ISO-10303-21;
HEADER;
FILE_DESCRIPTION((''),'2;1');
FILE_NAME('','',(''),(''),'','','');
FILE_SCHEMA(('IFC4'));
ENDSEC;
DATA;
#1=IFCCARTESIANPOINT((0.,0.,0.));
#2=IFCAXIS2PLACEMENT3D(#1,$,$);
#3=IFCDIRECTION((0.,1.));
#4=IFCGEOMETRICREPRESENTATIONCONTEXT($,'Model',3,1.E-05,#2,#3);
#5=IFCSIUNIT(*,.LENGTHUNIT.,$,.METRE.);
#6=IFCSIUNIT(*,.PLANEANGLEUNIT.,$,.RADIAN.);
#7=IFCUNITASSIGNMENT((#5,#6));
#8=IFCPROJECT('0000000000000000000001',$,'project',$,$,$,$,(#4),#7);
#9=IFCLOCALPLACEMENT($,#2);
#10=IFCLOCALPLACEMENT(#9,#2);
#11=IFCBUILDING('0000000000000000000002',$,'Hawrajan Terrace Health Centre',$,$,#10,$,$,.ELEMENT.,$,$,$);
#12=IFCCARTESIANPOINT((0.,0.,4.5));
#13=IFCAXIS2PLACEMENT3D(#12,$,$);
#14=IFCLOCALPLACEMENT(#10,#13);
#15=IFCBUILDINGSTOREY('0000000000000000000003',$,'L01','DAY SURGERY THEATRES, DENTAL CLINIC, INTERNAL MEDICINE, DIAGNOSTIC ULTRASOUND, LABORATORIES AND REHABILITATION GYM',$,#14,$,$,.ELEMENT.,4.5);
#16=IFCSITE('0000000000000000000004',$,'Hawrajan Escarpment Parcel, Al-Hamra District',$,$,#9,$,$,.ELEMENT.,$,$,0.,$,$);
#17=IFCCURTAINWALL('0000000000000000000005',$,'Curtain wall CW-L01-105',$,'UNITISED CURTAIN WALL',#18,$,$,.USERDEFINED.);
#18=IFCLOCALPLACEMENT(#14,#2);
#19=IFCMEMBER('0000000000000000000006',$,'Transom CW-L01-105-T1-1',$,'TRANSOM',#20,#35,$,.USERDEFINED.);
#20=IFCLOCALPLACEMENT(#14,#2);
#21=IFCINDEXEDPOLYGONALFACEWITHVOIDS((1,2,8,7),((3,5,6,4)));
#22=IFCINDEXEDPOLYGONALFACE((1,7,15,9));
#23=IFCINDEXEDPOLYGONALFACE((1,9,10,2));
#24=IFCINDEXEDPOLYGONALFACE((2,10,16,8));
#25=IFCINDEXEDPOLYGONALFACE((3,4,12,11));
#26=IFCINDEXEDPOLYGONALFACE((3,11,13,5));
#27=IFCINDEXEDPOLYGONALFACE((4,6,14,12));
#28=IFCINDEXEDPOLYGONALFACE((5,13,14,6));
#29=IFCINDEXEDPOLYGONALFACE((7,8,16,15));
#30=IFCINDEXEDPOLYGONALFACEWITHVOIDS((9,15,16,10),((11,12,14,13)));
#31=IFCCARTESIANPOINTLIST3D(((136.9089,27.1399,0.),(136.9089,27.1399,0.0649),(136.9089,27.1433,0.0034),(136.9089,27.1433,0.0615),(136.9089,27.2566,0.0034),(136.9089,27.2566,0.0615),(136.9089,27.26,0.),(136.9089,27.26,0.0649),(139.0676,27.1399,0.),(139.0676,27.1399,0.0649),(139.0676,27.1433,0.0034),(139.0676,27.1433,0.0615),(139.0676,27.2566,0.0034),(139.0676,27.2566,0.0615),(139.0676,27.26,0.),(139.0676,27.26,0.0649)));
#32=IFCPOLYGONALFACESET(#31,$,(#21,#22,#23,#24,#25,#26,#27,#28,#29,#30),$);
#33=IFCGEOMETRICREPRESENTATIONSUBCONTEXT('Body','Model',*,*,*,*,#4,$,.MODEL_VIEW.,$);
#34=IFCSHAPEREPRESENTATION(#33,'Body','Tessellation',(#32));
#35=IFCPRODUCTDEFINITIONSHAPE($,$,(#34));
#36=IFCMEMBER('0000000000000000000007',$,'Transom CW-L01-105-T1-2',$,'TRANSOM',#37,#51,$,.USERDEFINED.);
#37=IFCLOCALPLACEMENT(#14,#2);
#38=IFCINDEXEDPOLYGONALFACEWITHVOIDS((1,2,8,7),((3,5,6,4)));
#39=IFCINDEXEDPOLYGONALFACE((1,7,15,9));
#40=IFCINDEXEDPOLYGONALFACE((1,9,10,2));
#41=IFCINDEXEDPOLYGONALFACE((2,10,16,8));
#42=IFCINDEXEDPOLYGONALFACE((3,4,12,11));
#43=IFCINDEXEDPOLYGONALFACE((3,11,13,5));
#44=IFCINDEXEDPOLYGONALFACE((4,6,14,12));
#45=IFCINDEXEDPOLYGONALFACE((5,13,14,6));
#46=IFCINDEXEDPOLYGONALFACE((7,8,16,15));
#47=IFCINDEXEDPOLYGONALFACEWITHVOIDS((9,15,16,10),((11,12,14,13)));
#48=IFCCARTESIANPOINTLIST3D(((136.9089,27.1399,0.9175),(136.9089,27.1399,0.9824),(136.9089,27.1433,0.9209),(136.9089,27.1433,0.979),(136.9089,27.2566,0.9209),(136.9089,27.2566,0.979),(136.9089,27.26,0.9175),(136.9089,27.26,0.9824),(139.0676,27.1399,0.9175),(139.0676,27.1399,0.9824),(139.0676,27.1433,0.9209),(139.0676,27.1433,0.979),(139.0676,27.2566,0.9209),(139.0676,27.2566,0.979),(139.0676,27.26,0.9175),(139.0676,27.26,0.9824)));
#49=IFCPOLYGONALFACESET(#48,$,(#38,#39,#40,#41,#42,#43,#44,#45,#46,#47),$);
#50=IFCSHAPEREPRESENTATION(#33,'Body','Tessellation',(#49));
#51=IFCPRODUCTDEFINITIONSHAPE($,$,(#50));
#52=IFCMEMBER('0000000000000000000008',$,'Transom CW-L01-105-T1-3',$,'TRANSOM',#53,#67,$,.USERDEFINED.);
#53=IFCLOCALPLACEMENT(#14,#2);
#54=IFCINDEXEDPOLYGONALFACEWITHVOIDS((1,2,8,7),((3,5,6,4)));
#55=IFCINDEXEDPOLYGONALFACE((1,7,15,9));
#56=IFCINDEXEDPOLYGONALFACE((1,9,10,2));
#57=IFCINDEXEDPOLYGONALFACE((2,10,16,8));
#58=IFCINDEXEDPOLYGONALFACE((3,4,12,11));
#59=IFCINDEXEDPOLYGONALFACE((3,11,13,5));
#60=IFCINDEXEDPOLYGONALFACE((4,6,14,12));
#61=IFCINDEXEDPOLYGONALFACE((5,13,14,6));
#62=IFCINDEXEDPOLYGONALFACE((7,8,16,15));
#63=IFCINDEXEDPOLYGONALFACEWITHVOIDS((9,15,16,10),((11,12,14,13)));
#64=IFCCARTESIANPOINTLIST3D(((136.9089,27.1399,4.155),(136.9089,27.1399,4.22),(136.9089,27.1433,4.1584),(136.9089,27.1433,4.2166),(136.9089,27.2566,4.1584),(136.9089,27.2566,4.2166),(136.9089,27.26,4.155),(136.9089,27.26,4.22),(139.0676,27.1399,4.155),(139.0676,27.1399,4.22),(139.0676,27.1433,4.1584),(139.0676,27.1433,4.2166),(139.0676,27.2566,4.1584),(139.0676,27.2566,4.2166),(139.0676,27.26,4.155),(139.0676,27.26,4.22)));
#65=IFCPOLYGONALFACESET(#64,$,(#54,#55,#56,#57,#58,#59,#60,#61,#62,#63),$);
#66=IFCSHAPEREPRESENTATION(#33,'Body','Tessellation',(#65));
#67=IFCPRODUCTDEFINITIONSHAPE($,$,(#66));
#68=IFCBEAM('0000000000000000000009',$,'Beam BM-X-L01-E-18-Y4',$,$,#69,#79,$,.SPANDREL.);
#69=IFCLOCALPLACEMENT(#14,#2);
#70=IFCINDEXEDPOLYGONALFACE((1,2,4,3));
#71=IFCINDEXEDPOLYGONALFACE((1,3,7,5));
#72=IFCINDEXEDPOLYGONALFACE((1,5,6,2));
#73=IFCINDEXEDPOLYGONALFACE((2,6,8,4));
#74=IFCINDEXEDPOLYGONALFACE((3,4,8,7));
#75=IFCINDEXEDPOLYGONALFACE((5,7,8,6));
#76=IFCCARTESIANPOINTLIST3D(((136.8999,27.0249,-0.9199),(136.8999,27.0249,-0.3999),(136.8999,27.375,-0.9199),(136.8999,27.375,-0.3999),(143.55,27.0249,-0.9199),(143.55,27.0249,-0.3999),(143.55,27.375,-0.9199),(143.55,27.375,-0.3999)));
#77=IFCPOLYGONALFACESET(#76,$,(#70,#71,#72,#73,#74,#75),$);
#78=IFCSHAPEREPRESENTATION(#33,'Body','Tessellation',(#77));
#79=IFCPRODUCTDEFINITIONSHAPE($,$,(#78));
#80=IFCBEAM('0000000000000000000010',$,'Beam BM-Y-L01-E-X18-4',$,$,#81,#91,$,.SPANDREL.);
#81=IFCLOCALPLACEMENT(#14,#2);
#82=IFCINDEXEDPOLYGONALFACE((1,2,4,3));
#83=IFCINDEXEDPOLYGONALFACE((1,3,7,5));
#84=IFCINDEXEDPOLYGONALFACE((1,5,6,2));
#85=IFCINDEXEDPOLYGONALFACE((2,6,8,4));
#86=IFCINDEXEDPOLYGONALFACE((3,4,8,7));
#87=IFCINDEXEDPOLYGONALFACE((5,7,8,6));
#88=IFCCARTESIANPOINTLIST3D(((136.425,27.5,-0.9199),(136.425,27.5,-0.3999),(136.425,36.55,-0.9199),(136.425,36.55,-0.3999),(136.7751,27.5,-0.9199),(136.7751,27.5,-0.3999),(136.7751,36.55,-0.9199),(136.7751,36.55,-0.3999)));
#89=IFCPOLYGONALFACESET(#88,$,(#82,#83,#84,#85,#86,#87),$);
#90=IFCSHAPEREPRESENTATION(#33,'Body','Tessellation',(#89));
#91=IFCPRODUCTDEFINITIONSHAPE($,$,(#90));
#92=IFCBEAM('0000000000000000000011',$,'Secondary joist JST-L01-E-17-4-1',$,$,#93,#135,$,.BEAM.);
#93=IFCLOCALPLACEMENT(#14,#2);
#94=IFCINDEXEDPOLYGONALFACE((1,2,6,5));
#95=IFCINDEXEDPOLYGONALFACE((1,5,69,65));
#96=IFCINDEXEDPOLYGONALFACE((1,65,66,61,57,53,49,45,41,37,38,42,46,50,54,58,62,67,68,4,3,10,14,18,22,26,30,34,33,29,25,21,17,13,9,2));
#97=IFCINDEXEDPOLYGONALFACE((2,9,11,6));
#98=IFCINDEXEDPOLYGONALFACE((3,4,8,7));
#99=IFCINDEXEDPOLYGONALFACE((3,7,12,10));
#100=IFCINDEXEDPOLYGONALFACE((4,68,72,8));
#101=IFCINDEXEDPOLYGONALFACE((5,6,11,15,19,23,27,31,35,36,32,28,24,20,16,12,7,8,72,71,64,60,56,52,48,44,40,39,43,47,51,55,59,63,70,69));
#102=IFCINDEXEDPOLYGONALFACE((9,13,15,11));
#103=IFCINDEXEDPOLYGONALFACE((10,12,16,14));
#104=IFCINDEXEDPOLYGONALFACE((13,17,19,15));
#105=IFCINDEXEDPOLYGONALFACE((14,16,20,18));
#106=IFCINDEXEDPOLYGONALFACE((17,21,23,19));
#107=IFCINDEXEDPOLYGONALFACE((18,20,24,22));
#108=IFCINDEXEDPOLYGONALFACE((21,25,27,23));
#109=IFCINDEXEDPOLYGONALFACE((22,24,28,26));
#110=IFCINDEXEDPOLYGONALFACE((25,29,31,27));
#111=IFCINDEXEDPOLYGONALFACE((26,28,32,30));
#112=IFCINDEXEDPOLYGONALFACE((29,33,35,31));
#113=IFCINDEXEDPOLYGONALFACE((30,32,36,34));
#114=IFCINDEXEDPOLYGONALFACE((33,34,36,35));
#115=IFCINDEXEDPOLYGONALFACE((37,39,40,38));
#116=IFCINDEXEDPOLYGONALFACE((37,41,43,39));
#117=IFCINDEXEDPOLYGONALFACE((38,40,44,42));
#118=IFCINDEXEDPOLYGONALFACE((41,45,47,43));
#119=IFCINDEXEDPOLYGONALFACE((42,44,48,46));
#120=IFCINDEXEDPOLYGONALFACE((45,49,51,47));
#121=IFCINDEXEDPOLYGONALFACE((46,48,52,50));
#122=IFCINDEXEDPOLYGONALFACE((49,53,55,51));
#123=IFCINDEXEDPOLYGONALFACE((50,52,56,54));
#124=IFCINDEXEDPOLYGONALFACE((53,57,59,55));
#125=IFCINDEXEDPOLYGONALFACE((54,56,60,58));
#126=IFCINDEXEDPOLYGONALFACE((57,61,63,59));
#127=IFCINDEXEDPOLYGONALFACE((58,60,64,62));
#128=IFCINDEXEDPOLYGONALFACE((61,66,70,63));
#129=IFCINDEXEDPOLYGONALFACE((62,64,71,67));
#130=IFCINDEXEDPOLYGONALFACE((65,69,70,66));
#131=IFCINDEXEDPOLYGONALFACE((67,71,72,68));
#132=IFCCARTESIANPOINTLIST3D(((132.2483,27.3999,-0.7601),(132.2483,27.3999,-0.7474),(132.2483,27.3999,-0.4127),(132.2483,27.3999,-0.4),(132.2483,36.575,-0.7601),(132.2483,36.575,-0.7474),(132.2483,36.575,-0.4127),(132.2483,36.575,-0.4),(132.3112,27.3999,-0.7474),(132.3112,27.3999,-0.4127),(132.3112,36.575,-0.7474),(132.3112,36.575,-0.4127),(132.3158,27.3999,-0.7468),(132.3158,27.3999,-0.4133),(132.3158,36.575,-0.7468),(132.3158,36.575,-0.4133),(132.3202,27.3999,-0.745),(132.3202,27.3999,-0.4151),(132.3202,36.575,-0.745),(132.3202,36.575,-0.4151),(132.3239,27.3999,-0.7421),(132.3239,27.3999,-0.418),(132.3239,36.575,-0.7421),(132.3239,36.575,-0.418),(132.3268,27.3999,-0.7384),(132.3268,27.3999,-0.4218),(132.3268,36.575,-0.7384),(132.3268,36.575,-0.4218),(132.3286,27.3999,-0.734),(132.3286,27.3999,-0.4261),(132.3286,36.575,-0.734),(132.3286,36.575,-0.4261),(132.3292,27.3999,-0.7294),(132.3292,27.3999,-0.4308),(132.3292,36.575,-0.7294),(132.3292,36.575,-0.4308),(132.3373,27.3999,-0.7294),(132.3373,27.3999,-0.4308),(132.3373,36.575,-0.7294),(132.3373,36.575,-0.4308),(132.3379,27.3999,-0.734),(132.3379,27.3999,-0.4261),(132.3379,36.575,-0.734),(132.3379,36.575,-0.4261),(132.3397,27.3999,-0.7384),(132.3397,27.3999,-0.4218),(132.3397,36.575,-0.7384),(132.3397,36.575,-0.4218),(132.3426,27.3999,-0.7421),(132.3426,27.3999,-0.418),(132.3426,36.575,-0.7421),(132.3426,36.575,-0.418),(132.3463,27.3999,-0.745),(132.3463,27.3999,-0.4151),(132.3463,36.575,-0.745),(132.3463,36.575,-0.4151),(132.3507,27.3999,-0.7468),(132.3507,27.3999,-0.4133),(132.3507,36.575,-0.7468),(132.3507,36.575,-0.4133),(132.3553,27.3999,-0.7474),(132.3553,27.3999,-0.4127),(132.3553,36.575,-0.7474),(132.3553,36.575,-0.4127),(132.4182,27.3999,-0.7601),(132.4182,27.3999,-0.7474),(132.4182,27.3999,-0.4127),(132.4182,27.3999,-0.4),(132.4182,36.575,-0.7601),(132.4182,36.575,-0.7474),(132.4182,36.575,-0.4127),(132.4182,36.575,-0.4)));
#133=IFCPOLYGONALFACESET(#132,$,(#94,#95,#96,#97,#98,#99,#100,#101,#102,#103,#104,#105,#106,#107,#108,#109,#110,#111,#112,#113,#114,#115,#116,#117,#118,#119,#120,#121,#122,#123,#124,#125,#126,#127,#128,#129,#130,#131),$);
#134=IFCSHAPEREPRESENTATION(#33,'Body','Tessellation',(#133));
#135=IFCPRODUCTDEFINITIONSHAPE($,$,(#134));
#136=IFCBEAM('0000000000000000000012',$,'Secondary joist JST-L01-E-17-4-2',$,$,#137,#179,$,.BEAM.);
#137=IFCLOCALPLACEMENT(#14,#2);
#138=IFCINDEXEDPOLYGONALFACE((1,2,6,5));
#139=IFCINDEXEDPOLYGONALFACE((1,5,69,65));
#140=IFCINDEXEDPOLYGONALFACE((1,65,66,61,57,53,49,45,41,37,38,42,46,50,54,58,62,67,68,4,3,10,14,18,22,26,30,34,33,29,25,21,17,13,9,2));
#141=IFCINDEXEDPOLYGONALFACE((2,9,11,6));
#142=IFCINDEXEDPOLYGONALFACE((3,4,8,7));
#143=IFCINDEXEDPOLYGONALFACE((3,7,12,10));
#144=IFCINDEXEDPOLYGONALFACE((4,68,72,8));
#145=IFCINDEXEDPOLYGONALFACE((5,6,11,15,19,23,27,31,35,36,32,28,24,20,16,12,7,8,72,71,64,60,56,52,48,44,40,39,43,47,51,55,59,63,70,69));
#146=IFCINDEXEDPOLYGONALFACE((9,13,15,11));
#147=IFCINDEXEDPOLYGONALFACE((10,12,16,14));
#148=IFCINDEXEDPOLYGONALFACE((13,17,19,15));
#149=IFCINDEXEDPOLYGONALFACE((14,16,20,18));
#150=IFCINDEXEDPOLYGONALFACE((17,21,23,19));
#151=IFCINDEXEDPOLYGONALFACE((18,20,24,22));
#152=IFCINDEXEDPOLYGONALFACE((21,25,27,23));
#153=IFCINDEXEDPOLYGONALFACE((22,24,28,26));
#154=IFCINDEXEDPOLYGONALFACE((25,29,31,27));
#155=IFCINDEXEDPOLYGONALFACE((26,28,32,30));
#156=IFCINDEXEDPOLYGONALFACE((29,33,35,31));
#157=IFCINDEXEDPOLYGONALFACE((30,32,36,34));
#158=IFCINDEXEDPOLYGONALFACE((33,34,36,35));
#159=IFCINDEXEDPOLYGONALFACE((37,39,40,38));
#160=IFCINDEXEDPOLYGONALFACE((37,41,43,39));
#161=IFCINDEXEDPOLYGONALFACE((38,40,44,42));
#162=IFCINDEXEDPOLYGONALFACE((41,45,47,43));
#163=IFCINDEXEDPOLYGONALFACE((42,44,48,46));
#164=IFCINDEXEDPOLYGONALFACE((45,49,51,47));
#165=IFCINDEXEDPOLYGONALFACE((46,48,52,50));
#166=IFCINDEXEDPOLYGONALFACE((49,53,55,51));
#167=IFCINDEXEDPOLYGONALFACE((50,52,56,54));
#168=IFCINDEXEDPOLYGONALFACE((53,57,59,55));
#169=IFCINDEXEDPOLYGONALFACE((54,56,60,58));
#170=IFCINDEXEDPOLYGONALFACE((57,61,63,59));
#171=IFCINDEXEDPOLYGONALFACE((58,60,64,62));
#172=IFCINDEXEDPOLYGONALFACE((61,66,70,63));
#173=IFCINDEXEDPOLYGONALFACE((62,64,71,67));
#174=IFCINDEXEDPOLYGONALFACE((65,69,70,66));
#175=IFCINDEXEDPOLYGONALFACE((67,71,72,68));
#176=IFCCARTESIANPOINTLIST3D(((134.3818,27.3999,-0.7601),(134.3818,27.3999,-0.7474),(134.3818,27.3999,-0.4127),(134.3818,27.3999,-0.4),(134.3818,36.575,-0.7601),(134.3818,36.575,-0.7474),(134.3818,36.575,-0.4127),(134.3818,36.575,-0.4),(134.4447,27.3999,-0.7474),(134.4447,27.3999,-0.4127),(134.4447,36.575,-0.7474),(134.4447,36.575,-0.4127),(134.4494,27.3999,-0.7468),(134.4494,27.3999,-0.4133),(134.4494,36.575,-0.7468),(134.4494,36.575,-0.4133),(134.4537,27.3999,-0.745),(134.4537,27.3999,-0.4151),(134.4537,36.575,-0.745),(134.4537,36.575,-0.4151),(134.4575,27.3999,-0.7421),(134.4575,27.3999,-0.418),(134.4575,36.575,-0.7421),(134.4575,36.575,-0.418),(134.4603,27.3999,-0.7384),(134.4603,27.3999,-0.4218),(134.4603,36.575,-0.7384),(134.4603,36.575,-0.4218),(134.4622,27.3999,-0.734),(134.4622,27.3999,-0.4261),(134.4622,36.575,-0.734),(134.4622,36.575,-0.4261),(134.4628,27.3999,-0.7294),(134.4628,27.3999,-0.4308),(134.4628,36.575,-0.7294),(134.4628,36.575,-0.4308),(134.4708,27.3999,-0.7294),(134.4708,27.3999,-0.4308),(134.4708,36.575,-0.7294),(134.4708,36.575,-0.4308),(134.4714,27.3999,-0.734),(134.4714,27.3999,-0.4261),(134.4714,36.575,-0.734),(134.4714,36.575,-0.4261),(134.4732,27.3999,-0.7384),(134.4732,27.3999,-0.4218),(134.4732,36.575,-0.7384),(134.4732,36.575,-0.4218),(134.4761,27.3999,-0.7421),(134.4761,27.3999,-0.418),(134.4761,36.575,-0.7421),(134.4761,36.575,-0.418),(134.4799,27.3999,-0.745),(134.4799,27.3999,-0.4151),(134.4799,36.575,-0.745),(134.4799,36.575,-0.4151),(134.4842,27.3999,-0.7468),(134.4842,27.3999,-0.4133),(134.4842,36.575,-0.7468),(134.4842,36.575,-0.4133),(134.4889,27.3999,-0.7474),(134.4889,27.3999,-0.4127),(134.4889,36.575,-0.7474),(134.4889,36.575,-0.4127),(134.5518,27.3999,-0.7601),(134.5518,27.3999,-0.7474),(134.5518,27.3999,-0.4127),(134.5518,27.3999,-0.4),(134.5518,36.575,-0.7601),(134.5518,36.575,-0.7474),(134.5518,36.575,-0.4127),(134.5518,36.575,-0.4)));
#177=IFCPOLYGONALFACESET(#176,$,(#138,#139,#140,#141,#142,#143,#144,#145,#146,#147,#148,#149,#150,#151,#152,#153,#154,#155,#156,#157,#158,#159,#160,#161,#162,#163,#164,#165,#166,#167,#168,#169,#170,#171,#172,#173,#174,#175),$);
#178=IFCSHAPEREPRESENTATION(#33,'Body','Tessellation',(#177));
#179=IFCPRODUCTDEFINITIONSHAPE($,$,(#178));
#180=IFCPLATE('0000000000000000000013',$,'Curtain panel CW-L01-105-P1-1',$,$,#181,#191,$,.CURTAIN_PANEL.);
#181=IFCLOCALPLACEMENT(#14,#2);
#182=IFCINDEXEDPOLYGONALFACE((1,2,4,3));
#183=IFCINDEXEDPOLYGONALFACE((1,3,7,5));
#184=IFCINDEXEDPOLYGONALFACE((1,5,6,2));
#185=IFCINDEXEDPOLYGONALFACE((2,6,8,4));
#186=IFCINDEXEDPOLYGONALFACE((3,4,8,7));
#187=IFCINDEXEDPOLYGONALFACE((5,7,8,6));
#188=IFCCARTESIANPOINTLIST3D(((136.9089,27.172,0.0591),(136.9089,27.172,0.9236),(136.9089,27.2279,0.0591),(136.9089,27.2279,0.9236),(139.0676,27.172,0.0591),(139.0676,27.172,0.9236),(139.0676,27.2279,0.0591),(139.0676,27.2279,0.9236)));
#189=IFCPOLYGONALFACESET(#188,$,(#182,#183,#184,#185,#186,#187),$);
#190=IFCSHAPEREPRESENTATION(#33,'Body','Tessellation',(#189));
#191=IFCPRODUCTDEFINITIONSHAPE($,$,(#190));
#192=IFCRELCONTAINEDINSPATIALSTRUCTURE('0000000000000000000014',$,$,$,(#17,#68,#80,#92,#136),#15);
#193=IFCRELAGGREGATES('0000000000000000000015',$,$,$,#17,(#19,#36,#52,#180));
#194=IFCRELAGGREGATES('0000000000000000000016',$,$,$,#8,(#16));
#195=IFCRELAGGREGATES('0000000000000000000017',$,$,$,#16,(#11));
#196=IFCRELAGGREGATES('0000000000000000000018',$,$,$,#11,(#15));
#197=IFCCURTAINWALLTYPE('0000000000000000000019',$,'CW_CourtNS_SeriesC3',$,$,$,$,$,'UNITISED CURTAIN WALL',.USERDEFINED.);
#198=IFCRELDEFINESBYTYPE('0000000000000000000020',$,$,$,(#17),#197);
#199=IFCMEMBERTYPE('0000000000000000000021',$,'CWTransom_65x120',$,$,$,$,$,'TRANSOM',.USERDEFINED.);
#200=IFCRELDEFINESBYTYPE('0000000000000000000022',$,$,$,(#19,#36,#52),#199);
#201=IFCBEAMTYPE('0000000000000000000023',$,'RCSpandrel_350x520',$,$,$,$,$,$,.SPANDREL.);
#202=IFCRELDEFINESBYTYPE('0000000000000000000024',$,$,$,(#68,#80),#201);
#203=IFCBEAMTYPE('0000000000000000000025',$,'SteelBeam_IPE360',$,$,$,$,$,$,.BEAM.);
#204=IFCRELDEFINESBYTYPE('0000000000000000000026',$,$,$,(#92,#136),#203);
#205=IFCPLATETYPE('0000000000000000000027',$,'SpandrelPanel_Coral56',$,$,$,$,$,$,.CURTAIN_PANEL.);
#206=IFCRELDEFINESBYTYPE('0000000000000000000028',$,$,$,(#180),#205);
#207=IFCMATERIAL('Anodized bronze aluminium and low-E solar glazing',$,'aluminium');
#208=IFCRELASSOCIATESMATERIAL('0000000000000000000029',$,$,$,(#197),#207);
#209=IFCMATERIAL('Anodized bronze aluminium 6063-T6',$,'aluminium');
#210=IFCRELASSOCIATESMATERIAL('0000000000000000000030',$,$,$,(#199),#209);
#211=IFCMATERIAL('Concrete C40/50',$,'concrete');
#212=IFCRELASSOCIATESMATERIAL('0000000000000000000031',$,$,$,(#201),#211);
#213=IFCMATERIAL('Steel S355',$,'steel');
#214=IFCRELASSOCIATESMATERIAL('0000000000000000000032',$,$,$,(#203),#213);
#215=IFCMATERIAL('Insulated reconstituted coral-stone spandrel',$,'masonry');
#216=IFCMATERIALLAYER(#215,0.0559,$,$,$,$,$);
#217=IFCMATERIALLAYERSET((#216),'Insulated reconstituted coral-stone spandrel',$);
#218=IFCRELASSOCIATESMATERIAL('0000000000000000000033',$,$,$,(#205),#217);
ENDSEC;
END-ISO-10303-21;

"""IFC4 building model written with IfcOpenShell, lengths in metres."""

from ifc_helpers import new_model, si_unit, direction, frame, origin, origin_2d, place, context, subcontext, project, spatial, rectangle, hollow_rectangle, i_section, extrude, material, layer, layer_set, material_profile, profile_set, type_object, element, aggregate, save


model = new_model("IFC4")

# Units and contexts
model_context = context("Model", 3, precision=1e-05, world=origin(), true_north=direction((0.0, 1.0)))
body_context = subcontext(model_context, "Body", "Model", "MODEL_VIEW")
ifc_project = project(units=[si_unit("LENGTHUNIT", "METRE"), si_unit("PLANEANGLEUNIT", "RADIAN")], contexts=[model_context])

# Site, building, storey
site_placement = place(None, origin())
site = spatial("IfcSite", under=ifc_project, at=site_placement, Name="Hawrajan Escarpment Parcel, Al-Hamra District", CompositionType="ELEMENT", RefElevation=0.0)
building_placement = place(site_placement, origin())
building = spatial("IfcBuilding", under=site, at=building_placement, Name="Hawrajan Terrace Health Centre", CompositionType="ELEMENT")
storey_placement = place(building_placement, frame((0.0, 0.0, 4.5)))
storey = spatial("IfcBuildingStorey", under=building, at=storey_placement, Name="L01", Description="DAY SURGERY THEATRES, DENTAL CLINIC, INTERNAL MEDICINE, DIAGNOSTIC ULTRASOUND, LABORATORIES AND REHABILITATION GYM", CompositionType="ELEMENT", Elevation=4.5)

# Curtain wall, members
ifc_material_1 = material(Name="Anodized bronze aluminium and low-E solar glazing", Category="aluminium")
curtain_wall_type = type_object("IfcCurtainWallType", Name="CW_CourtNS_SeriesC3", ElementType="UNITISED CURTAIN WALL", PredefinedType="USERDEFINED", material=ifc_material_1)
curtain_wall_placement = place(storey_placement, origin())
curtain_wall = element("IfcCurtainWall", 1, at=curtain_wall_placement, inside=storey, type_object=curtain_wall_type, Name="Curtain wall CW-L01-105", ObjectType="UNITISED CURTAIN WALL", PredefinedType="USERDEFINED")
ifc_material_2 = material(Name="Anodized bronze aluminium 6063-T6", Category="aluminium")
ifc_material_profile_1 = material_profile(ifc_material_2, hollow_rectangle(XDim=0.0649, YDim=0.1201, WallThickness=0.0034, at=origin_2d()), Name="CW TRN 65x120")
ifc_profile_set_1 = profile_set([ifc_material_profile_1], Name="Anodized bronze aluminium 6063-T6")
member_type = type_object("IfcMemberType", Name="CWTransom_65x120", ElementType="TRANSOM", PredefinedType="USERDEFINED", material=ifc_profile_set_1)
member_1_placement = place(storey_placement, frame((136.9089, 27.2, 0.0325), z_axis=(1.0, 0.0, 0.0), x_axis=(0.0, 0.0, 1.0)))
member_1 = element("IfcMember", 2, at=member_1_placement, type_object=member_type, Name="Transom CW-L01-105-T1-1", ObjectType="TRANSOM", PredefinedType="USERDEFINED", context=body_context, shape_type="SweptSolid", body=[
    extrude(hollow_rectangle(XDim=0.0649, YDim=0.1201, WallThickness=0.0034, at=origin_2d()), origin(), (0.0, 0.0, 1.0), 2.1587),
])
member_2_placement = place(storey_placement, frame((136.9089, 27.2, 0.95), z_axis=(1.0, 0.0, 0.0), x_axis=(0.0, 0.0, 1.0)))
member_2 = element("IfcMember", 3, at=member_2_placement, type_object=member_type, Name="Transom CW-L01-105-T1-2", ObjectType="TRANSOM", PredefinedType="USERDEFINED", context=body_context, shape_type="SweptSolid", body=[
    extrude(hollow_rectangle(XDim=0.0649, YDim=0.1201, WallThickness=0.0034, at=origin_2d()), origin(), (0.0, 0.0, 1.0), 2.1587),
])
member_3_placement = place(storey_placement, frame((136.9089, 27.2, 4.1875), z_axis=(1.0, 0.0, 0.0), x_axis=(0.0, 0.0, 1.0)))
member_3 = element("IfcMember", 4, at=member_3_placement, type_object=member_type, Name="Transom CW-L01-105-T1-3", ObjectType="TRANSOM", PredefinedType="USERDEFINED", context=body_context, shape_type="SweptSolid", body=[
    extrude(hollow_rectangle(XDim=0.0649, YDim=0.1201, WallThickness=0.0034, at=origin_2d()), origin(), (0.0, 0.0, 1.0), 2.1587),
])

# Beams
ifc_material_3 = material(Name="Concrete C40/50", Category="concrete")
ifc_material_profile_2 = material_profile(ifc_material_3, rectangle(XDim=0.3501, YDim=0.52, at=origin_2d()), Name="RC SP 350x520")
ifc_profile_set_2 = profile_set([ifc_material_profile_2], Name="Concrete C40/50")
beam_type_1 = type_object("IfcBeamType", Name="RCSpandrel_350x520", PredefinedType="SPANDREL", material=ifc_profile_set_2)
beam_1_placement = place(storey_placement, frame((136.8999, 27.2, -0.6599), z_axis=(1.0, 0.0, 0.0), x_axis=(0.0, 1.0, 0.0)))
element("IfcBeam", 5, at=beam_1_placement, inside=storey, type_object=beam_type_1, Name="Beam BM-X-L01-E-18-Y4", PredefinedType="SPANDREL", context=body_context, shape_type="SweptSolid", body=[
    extrude(rectangle(XDim=0.3501, YDim=0.52, at=origin_2d()), origin(), (0.0, 0.0, 1.0), 6.6501),
])
beam_2_placement = place(storey_placement, frame((136.6001, 27.5, -0.6599), z_axis=(0.0, 1.0, 0.0), x_axis=(-1.0, 0.0, 0.0)))
element("IfcBeam", 6, at=beam_2_placement, inside=storey, type_object=beam_type_1, Name="Beam BM-Y-L01-E-X18-4", PredefinedType="SPANDREL", context=body_context, shape_type="SweptSolid", body=[
    extrude(rectangle(XDim=0.3501, YDim=0.52, at=origin_2d()), origin(), (0.0, 0.0, 1.0), 9.05),
])
ifc_material_4 = material(Name="Steel S355", Category="steel")
ifc_material_profile_3 = material_profile(ifc_material_4, i_section(OverallWidth=0.1699, OverallDepth=0.3601, WebThickness=0.0081, FlangeThickness=0.0127, FilletRadius=0.0181, at=origin_2d()), Name="IPE 360")
ifc_profile_set_3 = profile_set([ifc_material_profile_3], Name="Steel S355")
beam_type_2 = type_object("IfcBeamType", Name="SteelBeam_IPE360", PredefinedType="BEAM", material=ifc_profile_set_3)
for number, where, z_axis, x_axis, name in (
    (7, (132.3333, 27.3999, -0.5801), (0.0, 1.0, 0.0), (-1.0, 0.0, 0.0), "Secondary joist JST-L01-E-17-4-1"),
    (8, (134.4668, 27.3999, -0.5801), (0.0, 1.0, 0.0), (-1.0, 0.0, 0.0), "Secondary joist JST-L01-E-17-4-2"),
):
    element("IfcBeam", number, at=place(storey_placement, frame(where, z_axis=z_axis, x_axis=x_axis)), inside=storey, type_object=beam_type_2, Name=name, PredefinedType="BEAM", context=body_context, shape_type="SweptSolid", body=[
        extrude(i_section(OverallWidth=0.1699, OverallDepth=0.3601, WebThickness=0.0081, FlangeThickness=0.0127, FilletRadius=0.0181, at=origin_2d()), origin(), (0.0, 0.0, 1.0), 9.175),
    ])

# Plate
ifc_material_5 = material(Name="Insulated reconstituted coral-stone spandrel", Category="masonry")
ifc_layer_1 = layer(ifc_material_5, 0.0559)
ifc_layer_set_1 = layer_set([ifc_layer_1], Name="Insulated reconstituted coral-stone spandrel")
plate_type_1 = type_object("IfcPlateType", Name="SpandrelPanel_Coral56", PredefinedType="CURTAIN_PANEL", material=ifc_layer_set_1)
plate_1_placement = place(storey_placement, frame((137.9883, 27.2, 0.0591), z_axis=(0.0, 0.0, 1.0), x_axis=(1.0, 0.0, 0.0)))
plate_1 = element("IfcPlate", 9, at=plate_1_placement, type_object=plate_type_1, Name="Curtain panel CW-L01-105-P1-1", PredefinedType="CURTAIN_PANEL", context=body_context, shape_type="SweptSolid", body=[
    extrude(rectangle(XDim=2.1587, YDim=0.0559, at=origin_2d()), origin(), (0.0, 0.0, 1.0), 0.8645),
])
aggregate(curtain_wall, [member_1, member_2, member_3, plate_1])

save(model, "model.ifc")
